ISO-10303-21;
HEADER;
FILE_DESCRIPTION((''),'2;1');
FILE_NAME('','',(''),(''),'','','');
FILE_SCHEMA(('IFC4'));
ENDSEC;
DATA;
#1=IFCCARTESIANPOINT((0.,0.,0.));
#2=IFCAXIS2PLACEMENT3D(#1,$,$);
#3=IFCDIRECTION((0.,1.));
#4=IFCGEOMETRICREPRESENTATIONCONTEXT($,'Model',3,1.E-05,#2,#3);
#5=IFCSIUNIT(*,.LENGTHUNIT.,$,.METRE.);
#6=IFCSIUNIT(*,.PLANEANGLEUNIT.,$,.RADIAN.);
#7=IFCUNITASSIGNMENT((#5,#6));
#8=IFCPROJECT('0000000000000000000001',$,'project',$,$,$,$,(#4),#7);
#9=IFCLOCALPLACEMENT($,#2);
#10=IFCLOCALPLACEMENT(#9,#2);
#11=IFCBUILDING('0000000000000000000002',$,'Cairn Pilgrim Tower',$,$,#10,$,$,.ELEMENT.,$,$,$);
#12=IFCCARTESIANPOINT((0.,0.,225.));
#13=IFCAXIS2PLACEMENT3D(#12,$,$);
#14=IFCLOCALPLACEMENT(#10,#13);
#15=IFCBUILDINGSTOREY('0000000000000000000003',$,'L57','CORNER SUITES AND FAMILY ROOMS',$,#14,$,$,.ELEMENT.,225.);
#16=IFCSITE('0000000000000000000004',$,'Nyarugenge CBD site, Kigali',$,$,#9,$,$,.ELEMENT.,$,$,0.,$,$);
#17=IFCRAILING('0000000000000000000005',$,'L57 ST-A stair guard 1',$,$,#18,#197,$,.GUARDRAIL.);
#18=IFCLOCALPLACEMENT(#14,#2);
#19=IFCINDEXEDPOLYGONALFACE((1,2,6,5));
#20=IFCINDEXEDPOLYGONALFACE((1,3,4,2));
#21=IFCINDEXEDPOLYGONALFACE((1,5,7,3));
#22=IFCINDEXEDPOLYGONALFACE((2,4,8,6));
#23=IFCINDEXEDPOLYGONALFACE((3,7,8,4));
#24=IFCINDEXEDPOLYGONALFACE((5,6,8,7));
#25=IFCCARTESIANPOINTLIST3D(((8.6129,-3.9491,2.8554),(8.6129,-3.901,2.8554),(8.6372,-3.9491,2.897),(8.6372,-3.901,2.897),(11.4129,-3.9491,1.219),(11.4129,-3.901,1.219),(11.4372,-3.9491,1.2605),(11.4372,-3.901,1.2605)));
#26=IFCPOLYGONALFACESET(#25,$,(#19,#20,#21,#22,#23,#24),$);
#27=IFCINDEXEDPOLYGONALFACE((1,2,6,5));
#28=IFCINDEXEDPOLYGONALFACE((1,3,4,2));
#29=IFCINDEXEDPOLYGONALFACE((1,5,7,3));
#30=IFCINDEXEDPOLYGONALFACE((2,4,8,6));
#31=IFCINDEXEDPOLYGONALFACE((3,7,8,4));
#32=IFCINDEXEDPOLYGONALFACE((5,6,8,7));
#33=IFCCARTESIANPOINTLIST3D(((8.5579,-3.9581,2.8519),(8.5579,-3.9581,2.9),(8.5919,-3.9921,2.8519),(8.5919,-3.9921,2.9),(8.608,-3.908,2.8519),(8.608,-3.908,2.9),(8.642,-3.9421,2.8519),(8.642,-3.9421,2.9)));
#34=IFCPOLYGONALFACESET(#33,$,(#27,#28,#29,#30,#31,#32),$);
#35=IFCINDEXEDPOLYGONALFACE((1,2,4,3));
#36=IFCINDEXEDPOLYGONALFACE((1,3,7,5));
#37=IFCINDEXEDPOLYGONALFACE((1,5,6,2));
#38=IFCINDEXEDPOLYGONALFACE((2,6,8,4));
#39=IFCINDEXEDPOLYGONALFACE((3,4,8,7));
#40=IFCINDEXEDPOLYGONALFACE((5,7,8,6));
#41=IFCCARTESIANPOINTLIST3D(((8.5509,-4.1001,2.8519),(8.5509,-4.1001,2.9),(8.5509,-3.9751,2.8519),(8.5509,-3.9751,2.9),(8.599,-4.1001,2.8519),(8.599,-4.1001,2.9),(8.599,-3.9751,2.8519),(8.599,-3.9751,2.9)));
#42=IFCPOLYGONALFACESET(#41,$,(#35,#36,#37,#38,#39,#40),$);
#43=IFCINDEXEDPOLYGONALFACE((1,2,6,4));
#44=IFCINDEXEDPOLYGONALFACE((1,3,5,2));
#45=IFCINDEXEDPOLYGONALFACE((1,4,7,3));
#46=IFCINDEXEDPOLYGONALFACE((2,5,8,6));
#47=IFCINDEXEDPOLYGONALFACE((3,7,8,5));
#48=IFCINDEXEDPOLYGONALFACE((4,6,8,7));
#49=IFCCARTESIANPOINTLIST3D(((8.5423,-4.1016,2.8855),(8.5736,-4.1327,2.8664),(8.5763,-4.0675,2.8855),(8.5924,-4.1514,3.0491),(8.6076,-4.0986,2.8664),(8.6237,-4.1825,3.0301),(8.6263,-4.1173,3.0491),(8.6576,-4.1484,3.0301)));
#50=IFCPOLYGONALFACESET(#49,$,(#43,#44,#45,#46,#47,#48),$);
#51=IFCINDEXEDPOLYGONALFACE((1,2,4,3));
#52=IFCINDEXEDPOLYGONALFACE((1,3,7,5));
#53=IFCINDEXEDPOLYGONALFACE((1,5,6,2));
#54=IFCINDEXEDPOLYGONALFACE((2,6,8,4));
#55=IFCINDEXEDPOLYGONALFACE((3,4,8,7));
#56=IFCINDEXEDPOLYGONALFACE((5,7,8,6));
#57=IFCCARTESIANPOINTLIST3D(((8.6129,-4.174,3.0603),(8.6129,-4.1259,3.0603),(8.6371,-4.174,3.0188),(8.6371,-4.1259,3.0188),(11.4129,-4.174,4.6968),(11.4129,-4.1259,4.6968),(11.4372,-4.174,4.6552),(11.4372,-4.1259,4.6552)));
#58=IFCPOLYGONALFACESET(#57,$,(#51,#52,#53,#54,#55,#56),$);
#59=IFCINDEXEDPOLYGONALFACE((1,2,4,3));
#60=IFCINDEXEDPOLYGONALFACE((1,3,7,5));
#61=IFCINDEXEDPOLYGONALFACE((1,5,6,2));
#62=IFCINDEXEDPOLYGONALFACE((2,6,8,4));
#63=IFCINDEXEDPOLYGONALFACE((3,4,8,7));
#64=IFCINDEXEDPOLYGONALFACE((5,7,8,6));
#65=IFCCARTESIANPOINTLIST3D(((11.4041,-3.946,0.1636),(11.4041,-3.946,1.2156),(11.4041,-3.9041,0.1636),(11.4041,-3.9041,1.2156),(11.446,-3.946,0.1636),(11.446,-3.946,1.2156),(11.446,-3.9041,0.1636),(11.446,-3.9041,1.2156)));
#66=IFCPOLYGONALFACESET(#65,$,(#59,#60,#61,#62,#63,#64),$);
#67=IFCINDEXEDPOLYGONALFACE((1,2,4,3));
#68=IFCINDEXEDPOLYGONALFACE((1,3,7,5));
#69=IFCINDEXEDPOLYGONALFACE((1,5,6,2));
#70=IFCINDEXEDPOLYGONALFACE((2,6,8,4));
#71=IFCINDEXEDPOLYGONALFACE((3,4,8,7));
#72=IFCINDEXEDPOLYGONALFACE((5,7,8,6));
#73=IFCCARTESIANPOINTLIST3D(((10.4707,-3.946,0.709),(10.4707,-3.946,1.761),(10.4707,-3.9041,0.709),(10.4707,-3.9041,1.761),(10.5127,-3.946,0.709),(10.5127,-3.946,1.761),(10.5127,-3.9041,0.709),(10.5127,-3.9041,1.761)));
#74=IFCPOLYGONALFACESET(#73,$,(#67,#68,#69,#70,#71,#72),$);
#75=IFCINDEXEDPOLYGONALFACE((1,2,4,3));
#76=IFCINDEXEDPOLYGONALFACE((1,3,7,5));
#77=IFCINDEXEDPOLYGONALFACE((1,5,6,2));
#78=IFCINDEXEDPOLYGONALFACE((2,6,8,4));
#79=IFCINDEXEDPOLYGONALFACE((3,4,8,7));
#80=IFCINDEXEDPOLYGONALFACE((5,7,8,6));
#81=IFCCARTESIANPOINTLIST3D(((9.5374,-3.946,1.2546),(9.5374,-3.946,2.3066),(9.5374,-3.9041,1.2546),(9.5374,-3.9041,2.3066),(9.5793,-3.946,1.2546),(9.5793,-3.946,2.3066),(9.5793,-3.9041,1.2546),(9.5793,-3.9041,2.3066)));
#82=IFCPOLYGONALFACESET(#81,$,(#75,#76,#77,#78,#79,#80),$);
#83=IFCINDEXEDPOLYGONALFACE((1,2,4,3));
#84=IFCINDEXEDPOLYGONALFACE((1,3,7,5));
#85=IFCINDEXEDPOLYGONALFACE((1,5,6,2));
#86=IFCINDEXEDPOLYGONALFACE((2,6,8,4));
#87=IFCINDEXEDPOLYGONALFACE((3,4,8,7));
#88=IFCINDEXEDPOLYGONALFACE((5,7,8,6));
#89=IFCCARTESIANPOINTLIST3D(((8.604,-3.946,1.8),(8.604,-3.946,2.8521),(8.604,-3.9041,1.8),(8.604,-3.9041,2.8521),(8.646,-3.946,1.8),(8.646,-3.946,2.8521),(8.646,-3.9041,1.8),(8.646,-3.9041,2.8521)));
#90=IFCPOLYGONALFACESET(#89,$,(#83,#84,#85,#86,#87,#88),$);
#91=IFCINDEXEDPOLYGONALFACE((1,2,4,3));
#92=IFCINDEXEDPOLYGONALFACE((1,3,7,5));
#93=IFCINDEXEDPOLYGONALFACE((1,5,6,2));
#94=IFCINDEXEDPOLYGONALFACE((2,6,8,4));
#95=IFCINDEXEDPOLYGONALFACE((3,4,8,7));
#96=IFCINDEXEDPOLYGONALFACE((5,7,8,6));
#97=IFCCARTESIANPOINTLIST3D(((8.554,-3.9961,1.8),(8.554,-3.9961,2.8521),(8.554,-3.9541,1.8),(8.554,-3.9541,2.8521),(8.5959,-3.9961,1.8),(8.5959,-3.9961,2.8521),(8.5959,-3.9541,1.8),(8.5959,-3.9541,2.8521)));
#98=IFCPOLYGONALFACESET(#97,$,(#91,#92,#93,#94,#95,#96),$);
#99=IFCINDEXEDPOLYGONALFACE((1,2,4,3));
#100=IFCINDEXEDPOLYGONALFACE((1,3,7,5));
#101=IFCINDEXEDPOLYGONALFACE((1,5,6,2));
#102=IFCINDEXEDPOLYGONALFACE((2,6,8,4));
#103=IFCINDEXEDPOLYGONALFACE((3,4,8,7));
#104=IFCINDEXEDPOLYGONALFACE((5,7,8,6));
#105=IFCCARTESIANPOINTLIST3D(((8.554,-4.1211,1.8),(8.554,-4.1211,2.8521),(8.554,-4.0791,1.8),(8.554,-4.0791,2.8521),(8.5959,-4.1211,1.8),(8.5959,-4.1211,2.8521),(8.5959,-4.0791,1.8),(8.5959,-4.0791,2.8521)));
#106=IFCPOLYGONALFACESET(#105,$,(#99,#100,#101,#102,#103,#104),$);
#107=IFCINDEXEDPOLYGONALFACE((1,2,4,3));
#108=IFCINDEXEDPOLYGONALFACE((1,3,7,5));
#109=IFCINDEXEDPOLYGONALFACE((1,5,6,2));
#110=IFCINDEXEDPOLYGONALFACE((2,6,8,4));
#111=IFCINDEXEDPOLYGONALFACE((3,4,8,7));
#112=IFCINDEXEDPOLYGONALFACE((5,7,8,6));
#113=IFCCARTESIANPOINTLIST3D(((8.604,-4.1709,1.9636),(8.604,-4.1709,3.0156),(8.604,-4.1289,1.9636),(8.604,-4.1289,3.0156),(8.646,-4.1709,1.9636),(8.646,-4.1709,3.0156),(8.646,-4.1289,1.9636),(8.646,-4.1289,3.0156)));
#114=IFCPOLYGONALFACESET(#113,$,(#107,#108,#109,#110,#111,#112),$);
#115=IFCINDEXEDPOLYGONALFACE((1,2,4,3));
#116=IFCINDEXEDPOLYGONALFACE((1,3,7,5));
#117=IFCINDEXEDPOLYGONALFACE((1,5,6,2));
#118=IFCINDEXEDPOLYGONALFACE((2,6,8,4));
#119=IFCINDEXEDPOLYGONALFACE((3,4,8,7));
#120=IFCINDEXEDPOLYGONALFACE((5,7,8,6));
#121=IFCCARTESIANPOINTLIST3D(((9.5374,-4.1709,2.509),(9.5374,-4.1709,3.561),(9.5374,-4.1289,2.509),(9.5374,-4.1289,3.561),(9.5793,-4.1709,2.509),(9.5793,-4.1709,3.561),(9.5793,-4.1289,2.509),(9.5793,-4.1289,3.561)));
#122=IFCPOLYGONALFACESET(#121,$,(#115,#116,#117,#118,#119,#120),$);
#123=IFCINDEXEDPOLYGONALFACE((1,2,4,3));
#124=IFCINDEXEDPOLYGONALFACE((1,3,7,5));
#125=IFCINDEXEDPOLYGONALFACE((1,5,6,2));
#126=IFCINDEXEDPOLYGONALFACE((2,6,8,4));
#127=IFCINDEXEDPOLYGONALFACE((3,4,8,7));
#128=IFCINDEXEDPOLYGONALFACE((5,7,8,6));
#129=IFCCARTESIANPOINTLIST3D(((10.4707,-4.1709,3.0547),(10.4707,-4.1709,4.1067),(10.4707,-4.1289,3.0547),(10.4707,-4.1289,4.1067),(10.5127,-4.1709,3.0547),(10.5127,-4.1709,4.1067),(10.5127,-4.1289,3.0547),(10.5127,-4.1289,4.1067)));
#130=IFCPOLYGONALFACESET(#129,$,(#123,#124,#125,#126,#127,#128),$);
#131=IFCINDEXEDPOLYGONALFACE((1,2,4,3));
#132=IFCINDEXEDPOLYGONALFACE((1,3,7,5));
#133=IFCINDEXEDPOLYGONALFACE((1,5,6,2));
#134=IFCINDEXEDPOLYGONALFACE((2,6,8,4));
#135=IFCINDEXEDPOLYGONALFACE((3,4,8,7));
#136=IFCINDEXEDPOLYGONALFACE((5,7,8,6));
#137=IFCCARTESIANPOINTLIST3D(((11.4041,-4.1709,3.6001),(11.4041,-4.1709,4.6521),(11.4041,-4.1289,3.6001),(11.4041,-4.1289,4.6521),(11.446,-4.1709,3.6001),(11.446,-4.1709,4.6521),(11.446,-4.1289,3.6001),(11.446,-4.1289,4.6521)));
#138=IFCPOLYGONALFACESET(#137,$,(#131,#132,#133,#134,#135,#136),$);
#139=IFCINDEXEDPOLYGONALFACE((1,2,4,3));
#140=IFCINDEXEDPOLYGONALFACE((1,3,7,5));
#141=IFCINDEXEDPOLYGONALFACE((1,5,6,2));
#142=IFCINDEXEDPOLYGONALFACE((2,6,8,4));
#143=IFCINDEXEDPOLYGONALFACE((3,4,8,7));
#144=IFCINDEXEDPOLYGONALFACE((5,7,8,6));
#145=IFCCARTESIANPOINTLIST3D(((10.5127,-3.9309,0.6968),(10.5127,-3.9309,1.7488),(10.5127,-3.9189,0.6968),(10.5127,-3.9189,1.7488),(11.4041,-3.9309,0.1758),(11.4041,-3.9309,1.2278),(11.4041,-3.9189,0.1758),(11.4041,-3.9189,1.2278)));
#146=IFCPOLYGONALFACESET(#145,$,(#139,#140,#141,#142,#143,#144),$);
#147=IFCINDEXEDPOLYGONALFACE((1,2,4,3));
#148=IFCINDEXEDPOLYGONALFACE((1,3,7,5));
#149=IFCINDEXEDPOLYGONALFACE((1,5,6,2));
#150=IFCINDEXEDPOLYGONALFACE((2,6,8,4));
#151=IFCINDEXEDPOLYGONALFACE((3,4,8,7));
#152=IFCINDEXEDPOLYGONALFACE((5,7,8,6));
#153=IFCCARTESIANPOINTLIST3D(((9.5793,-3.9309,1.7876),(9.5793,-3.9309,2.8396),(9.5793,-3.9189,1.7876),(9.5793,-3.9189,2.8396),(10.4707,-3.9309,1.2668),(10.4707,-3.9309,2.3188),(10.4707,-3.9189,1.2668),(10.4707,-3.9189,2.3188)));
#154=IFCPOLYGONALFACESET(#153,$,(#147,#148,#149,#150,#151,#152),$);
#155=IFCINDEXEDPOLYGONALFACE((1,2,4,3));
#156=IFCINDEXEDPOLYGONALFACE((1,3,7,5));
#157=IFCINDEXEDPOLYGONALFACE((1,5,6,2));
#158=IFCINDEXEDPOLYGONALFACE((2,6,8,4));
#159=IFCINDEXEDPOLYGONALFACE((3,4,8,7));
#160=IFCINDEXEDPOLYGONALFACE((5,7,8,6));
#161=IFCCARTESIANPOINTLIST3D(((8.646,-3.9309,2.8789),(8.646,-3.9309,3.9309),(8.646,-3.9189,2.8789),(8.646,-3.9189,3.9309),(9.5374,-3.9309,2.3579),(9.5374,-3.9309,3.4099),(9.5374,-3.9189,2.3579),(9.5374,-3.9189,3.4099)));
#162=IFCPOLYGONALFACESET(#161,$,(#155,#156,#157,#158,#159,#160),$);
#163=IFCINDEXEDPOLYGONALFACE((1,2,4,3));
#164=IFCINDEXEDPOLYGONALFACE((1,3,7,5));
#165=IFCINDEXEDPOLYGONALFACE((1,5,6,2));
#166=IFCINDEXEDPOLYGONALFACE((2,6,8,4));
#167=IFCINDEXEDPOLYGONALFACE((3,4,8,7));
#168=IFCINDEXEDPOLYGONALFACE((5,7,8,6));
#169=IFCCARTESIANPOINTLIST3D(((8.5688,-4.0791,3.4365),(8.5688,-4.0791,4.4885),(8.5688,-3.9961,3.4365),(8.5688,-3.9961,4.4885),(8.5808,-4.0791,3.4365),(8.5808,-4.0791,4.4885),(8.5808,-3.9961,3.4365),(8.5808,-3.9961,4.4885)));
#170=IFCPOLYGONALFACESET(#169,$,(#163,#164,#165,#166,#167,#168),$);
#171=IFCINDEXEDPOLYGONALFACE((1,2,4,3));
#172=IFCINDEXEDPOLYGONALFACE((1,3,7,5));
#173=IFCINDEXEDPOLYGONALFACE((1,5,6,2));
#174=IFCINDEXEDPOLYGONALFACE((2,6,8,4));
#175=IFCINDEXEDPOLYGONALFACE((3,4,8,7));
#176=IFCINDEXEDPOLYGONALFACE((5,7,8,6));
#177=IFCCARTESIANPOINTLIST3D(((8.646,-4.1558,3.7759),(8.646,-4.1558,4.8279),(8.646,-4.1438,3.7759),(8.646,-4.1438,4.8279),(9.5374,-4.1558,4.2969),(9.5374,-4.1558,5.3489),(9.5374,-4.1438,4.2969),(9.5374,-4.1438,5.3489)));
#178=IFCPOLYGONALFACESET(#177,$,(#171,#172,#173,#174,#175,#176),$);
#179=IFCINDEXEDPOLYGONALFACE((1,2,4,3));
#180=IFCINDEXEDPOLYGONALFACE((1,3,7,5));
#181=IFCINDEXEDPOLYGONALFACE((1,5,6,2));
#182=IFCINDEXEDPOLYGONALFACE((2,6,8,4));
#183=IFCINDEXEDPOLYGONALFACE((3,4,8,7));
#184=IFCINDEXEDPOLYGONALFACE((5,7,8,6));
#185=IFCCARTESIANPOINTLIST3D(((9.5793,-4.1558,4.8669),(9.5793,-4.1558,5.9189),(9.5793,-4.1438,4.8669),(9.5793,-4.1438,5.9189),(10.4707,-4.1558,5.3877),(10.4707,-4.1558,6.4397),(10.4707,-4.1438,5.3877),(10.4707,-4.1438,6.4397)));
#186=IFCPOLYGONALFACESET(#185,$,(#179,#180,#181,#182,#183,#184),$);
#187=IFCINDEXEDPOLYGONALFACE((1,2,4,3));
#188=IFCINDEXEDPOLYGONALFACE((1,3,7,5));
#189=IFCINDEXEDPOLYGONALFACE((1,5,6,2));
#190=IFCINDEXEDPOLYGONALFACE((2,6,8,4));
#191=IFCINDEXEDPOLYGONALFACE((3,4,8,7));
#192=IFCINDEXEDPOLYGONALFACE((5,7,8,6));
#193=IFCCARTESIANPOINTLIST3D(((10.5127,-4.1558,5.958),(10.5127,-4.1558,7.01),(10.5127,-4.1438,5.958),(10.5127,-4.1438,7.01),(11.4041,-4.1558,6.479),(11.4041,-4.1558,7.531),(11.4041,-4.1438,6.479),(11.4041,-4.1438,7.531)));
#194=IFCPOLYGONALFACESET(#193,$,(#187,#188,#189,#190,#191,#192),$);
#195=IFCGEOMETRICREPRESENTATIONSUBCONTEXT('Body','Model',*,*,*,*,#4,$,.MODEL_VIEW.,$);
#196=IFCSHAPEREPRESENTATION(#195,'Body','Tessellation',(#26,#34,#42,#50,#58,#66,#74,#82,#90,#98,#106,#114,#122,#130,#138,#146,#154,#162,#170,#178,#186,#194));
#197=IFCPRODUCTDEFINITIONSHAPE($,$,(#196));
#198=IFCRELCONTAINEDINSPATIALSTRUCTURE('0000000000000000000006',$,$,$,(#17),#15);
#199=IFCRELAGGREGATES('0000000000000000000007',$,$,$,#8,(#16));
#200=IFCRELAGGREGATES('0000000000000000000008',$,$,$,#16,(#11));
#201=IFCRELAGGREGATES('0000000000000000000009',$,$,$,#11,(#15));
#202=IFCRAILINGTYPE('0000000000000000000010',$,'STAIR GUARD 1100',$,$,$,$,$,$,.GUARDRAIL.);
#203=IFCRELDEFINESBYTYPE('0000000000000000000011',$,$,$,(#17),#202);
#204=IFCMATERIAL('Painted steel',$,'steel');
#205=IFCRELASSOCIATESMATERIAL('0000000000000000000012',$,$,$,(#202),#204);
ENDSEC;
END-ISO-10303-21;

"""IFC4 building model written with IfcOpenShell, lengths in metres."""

from ifc_helpers import new_model, si_unit, direction, frame, origin, origin_2d, place, context, subcontext, project, spatial, polyline, rectangle, outline, extrude, material, type_object, element, save


model = new_model("IFC4")

# Units and contexts
model_context = context("Model", 3, precision=1e-05, world=origin(), true_north=direction((0.0, 1.0)))
body_context = subcontext(model_context, "Body", "Model", "MODEL_VIEW")
ifc_project = project(units=[si_unit("LENGTHUNIT", "METRE"), si_unit("PLANEANGLEUNIT", "RADIAN")], contexts=[model_context])

# Site, building, storey
site_placement = place(None, origin())
site = spatial("IfcSite", under=ifc_project, at=site_placement, Name="Nyarugenge CBD site, Kigali", CompositionType="ELEMENT", RefElevation=0.0)
building_placement = place(site_placement, origin())
building = spatial("IfcBuilding", under=site, at=building_placement, Name="Cairn Pilgrim Tower", CompositionType="ELEMENT")
storey_placement = place(building_placement, frame((0.0, 0.0, 225.0)))
storey = spatial("IfcBuildingStorey", under=building, at=storey_placement, Name="L57", Description="CORNER SUITES AND FAMILY ROOMS", CompositionType="ELEMENT", Elevation=225.0)

# Railing
ifc_material_1 = material(Name="Painted steel", Category="steel")
railing_type_1 = type_object("IfcRailingType", Name="STAIR GUARD 1100", PredefinedType="GUARDRAIL", material=ifc_material_1)
railing_1_placement = place(storey_placement, frame((11.425, -3.925, 0.1636)))
element("IfcRailing", 1, at=railing_1_placement, inside=storey, type_object=railing_type_1, Name="L57 ST-A stair guard 1", PredefinedType="GUARDRAIL", context=body_context, shape_type="SweptSolid", body=[
    extrude(rectangle(XDim=0.0481, YDim=0.0481, at=origin_2d()), frame((0.0, 0.0, 1.0762), z_axis=(-0.863361, 0.0, 0.504587), x_axis=(0.0, -1.0, 0.0)), (0.0, 0.0, 1.0), 3.2432),
    extrude(rectangle(XDim=0.0481, YDim=0.0481, at=origin_2d()), frame((-2.8, 0.0, 2.7124), z_axis=(-0.707107, -0.707107, 0.0), x_axis=(0.707107, -0.707107, 0.0)), (0.0, 0.0, 1.0), 0.0708),
    extrude(rectangle(XDim=0.0481, YDim=0.0481, at=origin_2d()), frame((-2.8501, -0.05, 2.7124), z_axis=(0.0, -1.0, 0.0), x_axis=(1.0, 0.0, 0.0)), (0.0, 0.0, 1.0), 0.125),
    extrude(rectangle(XDim=0.0481, YDim=0.0481, at=origin_2d()), frame((-2.8501, -0.175, 2.7124), z_axis=(0.280917, -0.279546, 0.918118), x_axis=(0.705376, 0.708834, 0.0)), (0.0, 0.0, 1.0), 0.1782),
    extrude(rectangle(XDim=0.0481, YDim=0.0481, at=origin_2d()), frame((-2.8, -0.2249, 2.876), z_axis=(0.863361, 0.0, 0.504587), x_axis=(0.0, 1.0, 0.0)), (0.0, 0.0, 1.0), 3.2432),
    extrude(rectangle(XDim=0.042, YDim=0.042, at=origin_2d()), origin(), (0.0, 0.0, 1.0), 1.052),
    extrude(rectangle(XDim=0.042, YDim=0.042, at=origin_2d()), frame((-0.9333, 0.0, 0.5454)), (0.0, 0.0, 1.0), 1.052),
    extrude(rectangle(XDim=0.042, YDim=0.042, at=origin_2d()), frame((-1.8667, 0.0, 1.0911)), (0.0, 0.0, 1.0), 1.052),
    extrude(rectangle(XDim=0.042, YDim=0.042, at=origin_2d()), frame((-2.8, 0.0, 1.6365)), (0.0, 0.0, 1.0), 1.052),
    extrude(rectangle(XDim=0.042, YDim=0.042, at=origin_2d()), frame((-2.8501, -0.05, 1.6365)), (0.0, 0.0, 1.0), 1.052),
    extrude(rectangle(XDim=0.042, YDim=0.042, at=origin_2d()), frame((-2.8501, -0.175, 1.6365)), (0.0, 0.0, 1.0), 1.052),
    extrude(rectangle(XDim=0.042, YDim=0.042, at=origin_2d()), frame((-2.8, -0.2249, 1.8)), (0.0, 0.0, 1.0), 1.052),
    extrude(rectangle(XDim=0.042, YDim=0.042, at=origin_2d()), frame((-1.8667, -0.2249, 2.3455)), (0.0, 0.0, 1.0), 1.052),
    extrude(rectangle(XDim=0.042, YDim=0.042, at=origin_2d()), frame((-0.9333, -0.2249, 2.8911)), (0.0, 0.0, 1.0), 1.052),
    extrude(rectangle(XDim=0.042, YDim=0.042, at=origin_2d()), frame((0.0, -0.2249, 3.4365)), (0.0, 0.0, 1.0), 1.052),
    extrude(outline(polyline([(0.021, 0.0122), (0.9124, 0.5332), (0.9124, 1.5852), (0.021, 1.0642), (0.021, 0.0122)])), frame((0.0, -0.0059, 0.0), z_axis=(0.0, 1.0, 0.0), x_axis=(-1.0, 0.0, 0.0)), (0.0, 0.0, 1.0), 0.012),
    extrude(outline(polyline([(0.021, 0.5579), (0.9124, 1.0786), (0.9124, 2.1306), (0.021, 1.6099), (0.021, 0.5579)])), frame((-0.9333, -0.0059, 0.5454), z_axis=(0.0, 1.0, 0.0), x_axis=(-1.0, 0.0, 0.0)), (0.0, 0.0, 1.0), 0.012),
    extrude(outline(polyline([(0.021, 1.1033), (0.9124, 1.6243), (0.9124, 2.6763), (0.021, 2.1553), (0.021, 1.1033)])), frame((-1.8667, -0.0059, 1.0911), z_axis=(0.0, 1.0, 0.0), x_axis=(-1.0, 0.0, 0.0)), (0.0, 0.0, 1.0), 0.012),
    extrude(outline(polyline([(0.021, 1.6365), (0.104, 1.6365), (0.104, 2.6885), (0.021, 2.6885), (0.021, 1.6365)])), frame((-2.8442, -0.05, 1.6365), z_axis=(-1.0, 0.0, 0.0), x_axis=(0.0, -1.0, 0.0)), (0.0, 0.0, 1.0), 0.012),
    extrude(outline(polyline([(0.021, 1.8123), (0.9124, 2.3333), (0.9124, 3.3853), (0.021, 2.8643), (0.021, 1.8123)])), frame((-2.8, -0.2188, 1.8), z_axis=(0.0, -1.0, 0.0), x_axis=(1.0, 0.0, 0.0)), (0.0, 0.0, 1.0), 0.012),
    extrude(outline(polyline([(0.021, 2.3579), (0.9124, 2.8787), (0.9124, 3.9307), (0.021, 3.4099), (0.021, 2.3579)])), frame((-1.8667, -0.2188, 2.3455), z_axis=(0.0, -1.0, 0.0), x_axis=(1.0, 0.0, 0.0)), (0.0, 0.0, 1.0), 0.012),
    extrude(outline(polyline([(0.021, 2.9033), (0.9124, 3.4243), (0.9124, 4.4763), (0.021, 3.9553), (0.021, 2.9033)])), frame((-0.9333, -0.2188, 2.8911), z_axis=(0.0, -1.0, 0.0), x_axis=(1.0, 0.0, 0.0)), (0.0, 0.0, 1.0), 0.012),
])

save(model, "model.ifc")
